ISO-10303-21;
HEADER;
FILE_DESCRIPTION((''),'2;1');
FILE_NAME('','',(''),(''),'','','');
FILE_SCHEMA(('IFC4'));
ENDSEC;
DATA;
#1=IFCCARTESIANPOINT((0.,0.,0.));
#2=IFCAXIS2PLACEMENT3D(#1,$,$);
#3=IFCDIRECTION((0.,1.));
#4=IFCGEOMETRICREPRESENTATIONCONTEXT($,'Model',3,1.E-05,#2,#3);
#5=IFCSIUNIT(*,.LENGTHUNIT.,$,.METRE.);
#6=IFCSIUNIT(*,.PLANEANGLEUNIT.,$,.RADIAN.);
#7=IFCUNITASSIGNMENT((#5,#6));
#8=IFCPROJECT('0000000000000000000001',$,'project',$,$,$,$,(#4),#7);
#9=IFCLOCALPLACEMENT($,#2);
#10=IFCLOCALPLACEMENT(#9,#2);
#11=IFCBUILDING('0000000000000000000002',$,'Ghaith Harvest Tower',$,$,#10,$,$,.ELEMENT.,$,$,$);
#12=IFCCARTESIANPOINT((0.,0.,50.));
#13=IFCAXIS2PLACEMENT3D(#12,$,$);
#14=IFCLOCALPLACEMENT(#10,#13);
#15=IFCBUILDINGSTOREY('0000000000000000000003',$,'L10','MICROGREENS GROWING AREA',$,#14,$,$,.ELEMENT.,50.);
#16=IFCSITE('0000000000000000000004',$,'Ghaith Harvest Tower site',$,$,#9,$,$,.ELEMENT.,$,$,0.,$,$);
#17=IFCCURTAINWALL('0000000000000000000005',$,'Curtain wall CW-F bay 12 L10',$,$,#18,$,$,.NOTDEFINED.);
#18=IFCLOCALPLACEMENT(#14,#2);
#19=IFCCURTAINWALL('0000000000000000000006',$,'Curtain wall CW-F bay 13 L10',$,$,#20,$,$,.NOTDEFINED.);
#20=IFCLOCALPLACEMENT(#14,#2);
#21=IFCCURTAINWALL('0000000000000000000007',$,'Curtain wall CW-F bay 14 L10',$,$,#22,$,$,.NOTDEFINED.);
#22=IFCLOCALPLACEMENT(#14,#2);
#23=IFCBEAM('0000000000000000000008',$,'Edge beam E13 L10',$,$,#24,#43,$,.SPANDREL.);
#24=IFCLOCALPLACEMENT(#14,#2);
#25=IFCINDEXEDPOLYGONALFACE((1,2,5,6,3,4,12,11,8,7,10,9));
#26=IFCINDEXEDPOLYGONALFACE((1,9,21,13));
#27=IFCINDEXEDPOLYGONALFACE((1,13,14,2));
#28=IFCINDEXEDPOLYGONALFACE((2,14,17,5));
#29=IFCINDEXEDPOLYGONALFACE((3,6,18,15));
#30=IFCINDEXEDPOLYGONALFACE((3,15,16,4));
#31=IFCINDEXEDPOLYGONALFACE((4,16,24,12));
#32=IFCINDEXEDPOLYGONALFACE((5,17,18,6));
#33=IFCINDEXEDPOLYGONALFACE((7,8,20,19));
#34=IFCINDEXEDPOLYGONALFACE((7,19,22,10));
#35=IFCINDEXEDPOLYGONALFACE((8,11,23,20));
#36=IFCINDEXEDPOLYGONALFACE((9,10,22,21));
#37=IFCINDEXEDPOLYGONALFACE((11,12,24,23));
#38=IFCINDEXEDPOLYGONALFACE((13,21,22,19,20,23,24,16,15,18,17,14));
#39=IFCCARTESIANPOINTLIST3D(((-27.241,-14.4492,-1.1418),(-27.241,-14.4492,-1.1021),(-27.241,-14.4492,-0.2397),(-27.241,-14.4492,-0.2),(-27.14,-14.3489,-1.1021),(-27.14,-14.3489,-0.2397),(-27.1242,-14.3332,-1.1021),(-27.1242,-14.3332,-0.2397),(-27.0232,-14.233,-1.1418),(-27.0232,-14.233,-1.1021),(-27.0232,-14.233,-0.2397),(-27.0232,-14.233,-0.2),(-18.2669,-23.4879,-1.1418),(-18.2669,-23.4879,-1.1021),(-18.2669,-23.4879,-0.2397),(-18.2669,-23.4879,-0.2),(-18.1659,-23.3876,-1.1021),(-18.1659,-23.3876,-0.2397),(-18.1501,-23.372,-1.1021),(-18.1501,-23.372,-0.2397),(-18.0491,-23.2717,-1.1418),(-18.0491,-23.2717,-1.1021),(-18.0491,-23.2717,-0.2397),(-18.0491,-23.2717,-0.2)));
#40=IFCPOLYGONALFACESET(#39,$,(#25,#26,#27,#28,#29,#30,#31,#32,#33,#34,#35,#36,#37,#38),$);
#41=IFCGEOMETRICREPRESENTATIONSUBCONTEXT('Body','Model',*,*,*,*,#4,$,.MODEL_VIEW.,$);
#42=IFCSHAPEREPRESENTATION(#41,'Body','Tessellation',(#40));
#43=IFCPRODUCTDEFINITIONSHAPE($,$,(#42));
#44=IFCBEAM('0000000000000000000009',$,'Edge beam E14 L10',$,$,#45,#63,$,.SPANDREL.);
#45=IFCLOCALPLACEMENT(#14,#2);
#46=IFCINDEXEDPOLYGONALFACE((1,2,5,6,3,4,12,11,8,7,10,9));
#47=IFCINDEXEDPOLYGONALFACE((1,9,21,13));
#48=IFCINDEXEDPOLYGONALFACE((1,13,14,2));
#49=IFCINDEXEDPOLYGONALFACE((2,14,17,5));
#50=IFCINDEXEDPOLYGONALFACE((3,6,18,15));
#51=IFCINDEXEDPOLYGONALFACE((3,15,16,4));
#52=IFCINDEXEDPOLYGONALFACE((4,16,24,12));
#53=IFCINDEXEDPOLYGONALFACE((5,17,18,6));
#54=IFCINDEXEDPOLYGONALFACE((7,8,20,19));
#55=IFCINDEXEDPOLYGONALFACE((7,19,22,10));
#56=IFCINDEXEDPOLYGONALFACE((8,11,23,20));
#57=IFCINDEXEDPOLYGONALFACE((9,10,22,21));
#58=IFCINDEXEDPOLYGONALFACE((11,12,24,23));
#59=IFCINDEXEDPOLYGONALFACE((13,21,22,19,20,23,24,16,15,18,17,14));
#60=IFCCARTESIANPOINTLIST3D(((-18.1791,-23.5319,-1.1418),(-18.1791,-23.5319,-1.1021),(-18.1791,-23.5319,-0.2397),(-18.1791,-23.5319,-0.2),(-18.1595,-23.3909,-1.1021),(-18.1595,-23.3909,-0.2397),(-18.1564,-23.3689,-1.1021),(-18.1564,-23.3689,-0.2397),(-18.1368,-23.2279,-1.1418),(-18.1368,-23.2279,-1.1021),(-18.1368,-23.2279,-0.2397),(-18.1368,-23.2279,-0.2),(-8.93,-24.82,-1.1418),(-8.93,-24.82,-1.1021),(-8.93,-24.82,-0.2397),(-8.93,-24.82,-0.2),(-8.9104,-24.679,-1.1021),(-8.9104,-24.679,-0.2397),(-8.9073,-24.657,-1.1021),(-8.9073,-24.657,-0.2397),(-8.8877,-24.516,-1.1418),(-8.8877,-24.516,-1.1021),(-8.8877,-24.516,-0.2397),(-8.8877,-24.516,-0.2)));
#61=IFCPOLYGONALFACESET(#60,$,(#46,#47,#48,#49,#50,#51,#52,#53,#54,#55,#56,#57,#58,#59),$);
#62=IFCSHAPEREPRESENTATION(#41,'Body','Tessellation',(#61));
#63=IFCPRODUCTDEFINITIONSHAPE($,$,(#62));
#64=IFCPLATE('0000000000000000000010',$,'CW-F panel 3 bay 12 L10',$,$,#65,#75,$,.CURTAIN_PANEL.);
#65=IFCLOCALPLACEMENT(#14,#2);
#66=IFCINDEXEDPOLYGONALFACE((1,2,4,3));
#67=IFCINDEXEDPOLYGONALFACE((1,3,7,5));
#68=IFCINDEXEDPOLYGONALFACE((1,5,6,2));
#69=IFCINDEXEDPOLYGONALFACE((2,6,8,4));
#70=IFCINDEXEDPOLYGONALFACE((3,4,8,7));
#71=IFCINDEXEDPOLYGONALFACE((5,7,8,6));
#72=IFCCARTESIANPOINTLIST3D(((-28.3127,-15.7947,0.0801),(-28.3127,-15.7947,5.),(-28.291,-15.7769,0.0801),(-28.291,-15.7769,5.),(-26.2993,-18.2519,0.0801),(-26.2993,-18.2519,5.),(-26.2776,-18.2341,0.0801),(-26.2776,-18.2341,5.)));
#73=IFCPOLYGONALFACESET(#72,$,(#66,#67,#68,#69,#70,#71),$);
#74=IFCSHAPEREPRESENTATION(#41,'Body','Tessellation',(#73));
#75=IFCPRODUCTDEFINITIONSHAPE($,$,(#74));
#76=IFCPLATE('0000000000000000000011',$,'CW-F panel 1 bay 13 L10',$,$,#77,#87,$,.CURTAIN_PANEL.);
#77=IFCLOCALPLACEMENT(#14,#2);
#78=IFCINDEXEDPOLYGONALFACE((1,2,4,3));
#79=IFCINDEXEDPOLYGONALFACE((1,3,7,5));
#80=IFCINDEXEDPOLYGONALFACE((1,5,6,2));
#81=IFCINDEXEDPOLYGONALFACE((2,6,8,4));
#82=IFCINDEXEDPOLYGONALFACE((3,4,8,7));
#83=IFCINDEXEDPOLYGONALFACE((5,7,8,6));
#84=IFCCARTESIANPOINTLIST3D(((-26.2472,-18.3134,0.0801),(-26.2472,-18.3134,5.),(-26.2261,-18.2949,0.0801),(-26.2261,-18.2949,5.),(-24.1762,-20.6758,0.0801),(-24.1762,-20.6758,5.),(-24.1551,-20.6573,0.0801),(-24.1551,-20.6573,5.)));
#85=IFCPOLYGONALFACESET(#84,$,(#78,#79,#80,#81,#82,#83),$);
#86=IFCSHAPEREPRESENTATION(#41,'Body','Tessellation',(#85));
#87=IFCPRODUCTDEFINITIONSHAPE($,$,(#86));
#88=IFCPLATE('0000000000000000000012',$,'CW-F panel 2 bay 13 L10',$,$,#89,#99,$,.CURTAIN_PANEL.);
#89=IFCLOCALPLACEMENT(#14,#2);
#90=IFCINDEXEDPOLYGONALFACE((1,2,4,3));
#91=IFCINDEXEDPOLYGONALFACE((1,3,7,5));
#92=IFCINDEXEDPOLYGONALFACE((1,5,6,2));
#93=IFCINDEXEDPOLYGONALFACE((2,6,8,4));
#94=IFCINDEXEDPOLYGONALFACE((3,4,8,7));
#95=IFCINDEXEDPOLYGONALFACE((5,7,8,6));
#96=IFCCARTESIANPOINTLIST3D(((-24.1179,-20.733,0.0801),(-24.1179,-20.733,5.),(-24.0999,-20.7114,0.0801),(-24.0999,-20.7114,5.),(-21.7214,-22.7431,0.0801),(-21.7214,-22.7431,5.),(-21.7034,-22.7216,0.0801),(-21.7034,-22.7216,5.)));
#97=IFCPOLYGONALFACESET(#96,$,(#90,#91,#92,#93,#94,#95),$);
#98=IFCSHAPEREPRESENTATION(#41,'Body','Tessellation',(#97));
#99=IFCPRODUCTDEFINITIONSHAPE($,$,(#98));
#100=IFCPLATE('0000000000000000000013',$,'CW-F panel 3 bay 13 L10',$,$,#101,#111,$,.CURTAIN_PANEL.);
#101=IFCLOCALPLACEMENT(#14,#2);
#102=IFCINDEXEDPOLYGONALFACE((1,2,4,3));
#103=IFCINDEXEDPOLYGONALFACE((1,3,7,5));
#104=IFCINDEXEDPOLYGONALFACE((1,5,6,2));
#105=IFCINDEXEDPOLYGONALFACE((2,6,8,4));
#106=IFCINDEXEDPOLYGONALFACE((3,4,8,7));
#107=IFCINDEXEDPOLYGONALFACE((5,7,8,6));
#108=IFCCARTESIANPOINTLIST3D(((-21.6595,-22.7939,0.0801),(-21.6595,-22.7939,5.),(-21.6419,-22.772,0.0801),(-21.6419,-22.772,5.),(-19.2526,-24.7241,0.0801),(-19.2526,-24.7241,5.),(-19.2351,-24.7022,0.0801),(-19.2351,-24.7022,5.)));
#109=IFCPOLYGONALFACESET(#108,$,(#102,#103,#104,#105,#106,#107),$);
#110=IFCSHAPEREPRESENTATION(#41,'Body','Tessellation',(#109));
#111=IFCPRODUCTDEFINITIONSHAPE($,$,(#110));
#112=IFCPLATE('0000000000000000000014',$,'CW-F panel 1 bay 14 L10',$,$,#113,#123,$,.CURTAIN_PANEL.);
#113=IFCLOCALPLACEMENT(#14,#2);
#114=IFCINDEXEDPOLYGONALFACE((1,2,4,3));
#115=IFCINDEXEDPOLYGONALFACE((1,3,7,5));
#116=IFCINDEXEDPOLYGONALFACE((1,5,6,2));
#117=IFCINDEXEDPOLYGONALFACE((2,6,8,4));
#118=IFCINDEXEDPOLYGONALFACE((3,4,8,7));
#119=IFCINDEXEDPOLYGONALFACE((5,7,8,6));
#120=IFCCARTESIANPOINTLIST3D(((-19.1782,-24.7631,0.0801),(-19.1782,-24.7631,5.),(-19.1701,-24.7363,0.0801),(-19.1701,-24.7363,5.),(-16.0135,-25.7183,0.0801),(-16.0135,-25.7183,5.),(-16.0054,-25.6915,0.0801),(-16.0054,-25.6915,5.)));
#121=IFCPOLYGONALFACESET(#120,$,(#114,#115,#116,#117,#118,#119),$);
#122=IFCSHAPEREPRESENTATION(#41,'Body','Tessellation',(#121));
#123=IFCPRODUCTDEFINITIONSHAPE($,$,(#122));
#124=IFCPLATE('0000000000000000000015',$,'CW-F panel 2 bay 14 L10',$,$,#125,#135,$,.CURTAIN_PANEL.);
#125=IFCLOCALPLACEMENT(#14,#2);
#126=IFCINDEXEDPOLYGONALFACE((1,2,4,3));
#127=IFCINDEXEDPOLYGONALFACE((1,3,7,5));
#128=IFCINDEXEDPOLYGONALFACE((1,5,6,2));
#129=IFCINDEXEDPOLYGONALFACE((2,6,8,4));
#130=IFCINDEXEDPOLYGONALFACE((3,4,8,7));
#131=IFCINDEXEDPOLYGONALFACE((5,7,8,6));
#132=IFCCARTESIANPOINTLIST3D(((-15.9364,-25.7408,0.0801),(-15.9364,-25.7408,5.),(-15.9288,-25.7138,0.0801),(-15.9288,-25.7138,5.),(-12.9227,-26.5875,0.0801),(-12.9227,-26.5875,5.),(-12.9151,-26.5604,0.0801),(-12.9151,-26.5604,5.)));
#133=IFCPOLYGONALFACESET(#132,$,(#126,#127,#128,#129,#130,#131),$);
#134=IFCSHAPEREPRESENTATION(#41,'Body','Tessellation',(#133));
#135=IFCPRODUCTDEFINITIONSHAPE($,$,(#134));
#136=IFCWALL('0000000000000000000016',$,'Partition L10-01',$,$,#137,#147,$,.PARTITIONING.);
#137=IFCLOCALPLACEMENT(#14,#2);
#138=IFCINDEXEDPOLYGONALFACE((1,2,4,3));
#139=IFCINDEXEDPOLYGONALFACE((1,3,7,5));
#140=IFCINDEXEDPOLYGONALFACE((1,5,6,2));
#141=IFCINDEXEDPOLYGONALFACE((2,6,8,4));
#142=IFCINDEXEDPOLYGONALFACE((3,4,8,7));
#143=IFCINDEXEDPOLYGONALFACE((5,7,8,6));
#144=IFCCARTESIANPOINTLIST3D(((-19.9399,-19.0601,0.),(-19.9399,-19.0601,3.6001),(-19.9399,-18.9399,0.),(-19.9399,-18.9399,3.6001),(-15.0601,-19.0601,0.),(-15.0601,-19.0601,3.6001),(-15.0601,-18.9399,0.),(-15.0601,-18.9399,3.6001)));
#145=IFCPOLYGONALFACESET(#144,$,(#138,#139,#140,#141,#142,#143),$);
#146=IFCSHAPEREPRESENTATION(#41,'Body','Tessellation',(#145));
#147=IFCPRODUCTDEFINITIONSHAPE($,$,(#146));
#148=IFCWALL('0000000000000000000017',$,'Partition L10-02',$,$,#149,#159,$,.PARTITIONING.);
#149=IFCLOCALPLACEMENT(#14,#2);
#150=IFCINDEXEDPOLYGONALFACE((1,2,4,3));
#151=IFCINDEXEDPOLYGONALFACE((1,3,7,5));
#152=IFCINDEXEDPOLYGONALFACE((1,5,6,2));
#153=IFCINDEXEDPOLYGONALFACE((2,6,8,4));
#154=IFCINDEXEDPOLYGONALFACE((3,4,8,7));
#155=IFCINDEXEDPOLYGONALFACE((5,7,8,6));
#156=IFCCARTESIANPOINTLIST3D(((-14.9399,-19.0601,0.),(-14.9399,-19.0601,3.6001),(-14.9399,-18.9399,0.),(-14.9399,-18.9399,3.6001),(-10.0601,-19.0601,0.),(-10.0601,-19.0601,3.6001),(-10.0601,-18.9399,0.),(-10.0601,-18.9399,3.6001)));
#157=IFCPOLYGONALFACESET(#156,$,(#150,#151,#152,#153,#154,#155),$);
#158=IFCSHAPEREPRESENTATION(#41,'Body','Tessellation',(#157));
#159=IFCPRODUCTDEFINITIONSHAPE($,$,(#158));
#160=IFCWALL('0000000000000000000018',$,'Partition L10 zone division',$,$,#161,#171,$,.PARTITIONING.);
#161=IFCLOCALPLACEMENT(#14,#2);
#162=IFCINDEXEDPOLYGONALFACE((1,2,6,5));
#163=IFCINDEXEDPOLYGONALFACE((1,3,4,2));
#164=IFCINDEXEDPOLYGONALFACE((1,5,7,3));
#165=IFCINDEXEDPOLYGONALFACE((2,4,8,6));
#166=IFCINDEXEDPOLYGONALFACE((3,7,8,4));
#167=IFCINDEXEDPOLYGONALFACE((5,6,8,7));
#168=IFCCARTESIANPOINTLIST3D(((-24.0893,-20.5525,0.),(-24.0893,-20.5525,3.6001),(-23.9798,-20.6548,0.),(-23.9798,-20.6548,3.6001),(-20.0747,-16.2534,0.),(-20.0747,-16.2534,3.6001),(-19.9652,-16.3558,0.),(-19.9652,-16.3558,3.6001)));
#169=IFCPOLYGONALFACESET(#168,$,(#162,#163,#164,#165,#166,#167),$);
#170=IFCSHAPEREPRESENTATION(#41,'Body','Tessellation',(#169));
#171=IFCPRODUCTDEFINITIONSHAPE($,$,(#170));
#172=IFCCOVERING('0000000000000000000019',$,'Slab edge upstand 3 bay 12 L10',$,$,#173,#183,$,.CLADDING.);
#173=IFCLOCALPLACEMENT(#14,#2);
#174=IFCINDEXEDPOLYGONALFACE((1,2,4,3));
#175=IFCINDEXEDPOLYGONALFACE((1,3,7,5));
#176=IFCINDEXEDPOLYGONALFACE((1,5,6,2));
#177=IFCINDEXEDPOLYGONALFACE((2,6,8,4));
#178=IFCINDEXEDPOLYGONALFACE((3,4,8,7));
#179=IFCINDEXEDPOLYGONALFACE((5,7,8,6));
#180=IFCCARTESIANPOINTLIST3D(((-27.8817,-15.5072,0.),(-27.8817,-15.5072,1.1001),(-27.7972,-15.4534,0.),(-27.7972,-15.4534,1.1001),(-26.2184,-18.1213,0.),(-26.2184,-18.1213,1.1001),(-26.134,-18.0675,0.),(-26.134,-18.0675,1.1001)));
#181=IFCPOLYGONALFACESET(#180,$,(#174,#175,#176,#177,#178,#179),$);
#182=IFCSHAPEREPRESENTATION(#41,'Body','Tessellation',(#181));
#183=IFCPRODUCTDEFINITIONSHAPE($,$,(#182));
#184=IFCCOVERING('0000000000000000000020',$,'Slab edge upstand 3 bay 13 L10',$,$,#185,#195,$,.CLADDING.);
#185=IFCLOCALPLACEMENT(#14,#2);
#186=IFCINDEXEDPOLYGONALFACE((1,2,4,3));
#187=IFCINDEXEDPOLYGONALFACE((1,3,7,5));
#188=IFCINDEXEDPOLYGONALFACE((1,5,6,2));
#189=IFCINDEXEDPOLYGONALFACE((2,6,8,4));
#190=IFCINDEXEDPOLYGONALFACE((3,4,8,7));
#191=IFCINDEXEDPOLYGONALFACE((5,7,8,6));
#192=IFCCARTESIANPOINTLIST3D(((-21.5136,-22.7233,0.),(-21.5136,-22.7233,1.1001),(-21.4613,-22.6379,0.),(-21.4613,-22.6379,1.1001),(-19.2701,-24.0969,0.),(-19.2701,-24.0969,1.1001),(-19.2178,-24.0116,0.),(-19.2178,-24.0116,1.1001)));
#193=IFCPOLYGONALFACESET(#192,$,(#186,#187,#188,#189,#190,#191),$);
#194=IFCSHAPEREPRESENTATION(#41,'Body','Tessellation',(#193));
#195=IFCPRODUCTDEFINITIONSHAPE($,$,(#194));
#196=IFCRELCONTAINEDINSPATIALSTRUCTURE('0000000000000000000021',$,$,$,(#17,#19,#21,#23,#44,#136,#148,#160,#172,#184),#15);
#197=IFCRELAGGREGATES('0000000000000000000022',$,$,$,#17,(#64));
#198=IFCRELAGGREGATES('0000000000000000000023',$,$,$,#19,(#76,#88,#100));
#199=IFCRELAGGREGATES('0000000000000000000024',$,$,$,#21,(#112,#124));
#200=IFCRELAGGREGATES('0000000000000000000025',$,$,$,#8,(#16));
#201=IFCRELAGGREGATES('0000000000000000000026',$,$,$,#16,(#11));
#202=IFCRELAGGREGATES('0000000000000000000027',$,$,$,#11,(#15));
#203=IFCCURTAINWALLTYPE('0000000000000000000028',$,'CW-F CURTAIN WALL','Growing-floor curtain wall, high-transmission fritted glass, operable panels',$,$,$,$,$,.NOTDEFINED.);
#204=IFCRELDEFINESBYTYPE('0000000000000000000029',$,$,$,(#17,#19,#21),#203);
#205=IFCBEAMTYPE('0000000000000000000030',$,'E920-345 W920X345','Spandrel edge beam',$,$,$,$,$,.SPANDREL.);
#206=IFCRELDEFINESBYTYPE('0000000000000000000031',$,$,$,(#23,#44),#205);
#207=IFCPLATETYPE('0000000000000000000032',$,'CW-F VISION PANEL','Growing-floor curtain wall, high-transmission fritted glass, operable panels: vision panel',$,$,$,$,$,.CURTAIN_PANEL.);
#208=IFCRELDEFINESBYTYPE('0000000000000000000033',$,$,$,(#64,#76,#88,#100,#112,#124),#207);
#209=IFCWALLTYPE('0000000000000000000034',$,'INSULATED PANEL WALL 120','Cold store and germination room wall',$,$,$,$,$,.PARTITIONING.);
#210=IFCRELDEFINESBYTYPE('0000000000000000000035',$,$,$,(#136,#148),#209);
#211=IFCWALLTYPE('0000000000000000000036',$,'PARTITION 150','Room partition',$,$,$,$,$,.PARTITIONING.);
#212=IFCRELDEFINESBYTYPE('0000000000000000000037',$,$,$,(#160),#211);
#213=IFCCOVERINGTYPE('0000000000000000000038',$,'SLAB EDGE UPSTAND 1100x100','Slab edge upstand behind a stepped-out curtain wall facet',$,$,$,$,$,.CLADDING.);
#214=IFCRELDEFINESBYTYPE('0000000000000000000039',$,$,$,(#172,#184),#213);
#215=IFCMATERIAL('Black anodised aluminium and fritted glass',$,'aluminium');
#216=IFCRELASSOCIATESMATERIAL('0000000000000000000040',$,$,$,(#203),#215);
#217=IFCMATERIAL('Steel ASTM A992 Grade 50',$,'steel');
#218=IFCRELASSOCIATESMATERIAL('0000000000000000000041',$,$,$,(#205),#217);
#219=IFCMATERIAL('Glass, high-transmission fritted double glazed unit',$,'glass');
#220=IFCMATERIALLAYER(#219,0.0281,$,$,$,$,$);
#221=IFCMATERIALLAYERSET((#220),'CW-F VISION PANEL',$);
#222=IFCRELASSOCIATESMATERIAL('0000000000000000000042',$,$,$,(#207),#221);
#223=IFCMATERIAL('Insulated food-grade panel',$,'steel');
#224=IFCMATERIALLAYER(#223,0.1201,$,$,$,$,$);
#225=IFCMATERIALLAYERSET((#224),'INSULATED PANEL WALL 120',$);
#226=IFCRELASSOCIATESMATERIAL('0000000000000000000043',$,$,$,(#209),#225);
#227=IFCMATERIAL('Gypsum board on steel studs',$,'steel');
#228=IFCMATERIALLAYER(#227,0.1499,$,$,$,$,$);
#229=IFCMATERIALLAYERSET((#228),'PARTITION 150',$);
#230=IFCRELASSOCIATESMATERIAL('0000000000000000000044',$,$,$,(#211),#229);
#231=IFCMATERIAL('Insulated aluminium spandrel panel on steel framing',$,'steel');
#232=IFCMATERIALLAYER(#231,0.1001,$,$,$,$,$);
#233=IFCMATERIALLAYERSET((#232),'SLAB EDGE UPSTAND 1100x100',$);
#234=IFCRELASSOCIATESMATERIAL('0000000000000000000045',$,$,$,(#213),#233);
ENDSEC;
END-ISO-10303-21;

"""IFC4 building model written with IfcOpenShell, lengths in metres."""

from ifc_helpers import new_model, si_unit, direction, frame, frame_2d, origin, origin_2d, place, context, subcontext, project, spatial, rectangle, i_section, extrude, material, layer, layer_set, material_profile, profile_set, type_object, element, aggregate, save


model = new_model("IFC4")

# Units and contexts
model_context = context("Model", 3, precision=1e-05, world=origin(), true_north=direction((0.0, 1.0)))
body_context = subcontext(model_context, "Body", "Model", "MODEL_VIEW")
ifc_project = project(units=[si_unit("LENGTHUNIT", "METRE"), si_unit("PLANEANGLEUNIT", "RADIAN")], contexts=[model_context])

# Site, building, storey
site_placement = place(None, origin())
site = spatial("IfcSite", under=ifc_project, at=site_placement, Name="Ghaith Harvest Tower site", CompositionType="ELEMENT", RefElevation=0.0)
building_placement = place(site_placement, origin())
building = spatial("IfcBuilding", under=site, at=building_placement, Name="Ghaith Harvest Tower", CompositionType="ELEMENT")
storey_placement = place(building_placement, frame((0.0, 0.0, 50.0)))
storey = spatial("IfcBuildingStorey", under=building, at=storey_placement, Name="L10", Description="MICROGREENS GROWING AREA", CompositionType="ELEMENT", Elevation=50.0)

# Curtain wall
ifc_material_1 = material(Name="Black anodised aluminium and fritted glass", Category="aluminium")
curtain_wall_type = type_object("IfcCurtainWallType", Name="CW-F CURTAIN WALL", Description="Growing-floor curtain wall, high-transmission fritted glass, operable panels", PredefinedType="NOTDEFINED", material=ifc_material_1)
curtain_wall_1_placement = place(storey_placement, origin())
curtain_wall_1 = element("IfcCurtainWall", 1, at=curtain_wall_1_placement, inside=storey, type_object=curtain_wall_type, Name="Curtain wall CW-F bay 12 L10", PredefinedType="NOTDEFINED")

# Curtain walls
curtain_wall_2_placement = place(storey_placement, origin())
curtain_wall_2 = element("IfcCurtainWall", 2, at=curtain_wall_2_placement, inside=storey, type_object=curtain_wall_type, Name="Curtain wall CW-F bay 13 L10", PredefinedType="NOTDEFINED")
curtain_wall_3_placement = place(storey_placement, origin())
curtain_wall_3 = element("IfcCurtainWall", 3, at=curtain_wall_3_placement, inside=storey, type_object=curtain_wall_type, Name="Curtain wall CW-F bay 14 L10", PredefinedType="NOTDEFINED")

# Beams
ifc_material_2 = material(Name="Steel ASTM A992 Grade 50", Category="steel")
ifc_material_profile_1 = material_profile(ifc_material_2, i_section(OverallWidth=0.3069, OverallDepth=0.9419, WebThickness=0.0222, FlangeThickness=0.0398, at=origin_2d()), Name="W920X345")
ifc_profile_set_1 = profile_set([ifc_material_profile_1], Name="Steel ASTM A992 Grade 50")
beam_type = type_object("IfcBeamType", Name="E920-345 W920X345", Description="Spandrel edge beam", PredefinedType="SPANDREL", material=ifc_profile_set_1)
beam_1_placement = place(storey_placement, frame((-27.1321, -14.3411, -0.6709), z_axis=(0.704563, -0.709642, 0.0), x_axis=(0.709642, 0.704563, 0.0)))
element("IfcBeam", 4, at=beam_1_placement, inside=storey, type_object=beam_type, Name="Edge beam E13 L10", PredefinedType="SPANDREL", context=body_context, shape_type="SweptSolid", body=[
    extrude(i_section(OverallWidth=0.3069, OverallDepth=0.9419, WebThickness=0.0222, FlangeThickness=0.0398, at=origin_2d()), origin(), (0.0, 0.0, 1.0), 12.7371),
])
beam_2_placement = place(storey_placement, frame((-18.158, -23.3799, -0.6709), z_axis=(0.990441, -0.137936, 0.0), x_axis=(0.137936, 0.990441, 0.0)))
element("IfcBeam", 5, at=beam_2_placement, inside=storey, type_object=beam_type, Name="Edge beam E14 L10", PredefinedType="SPANDREL", context=body_context, shape_type="SweptSolid", body=[
    extrude(i_section(OverallWidth=0.3069, OverallDepth=0.9419, WebThickness=0.0222, FlangeThickness=0.0398, at=origin_2d()), origin(), (0.0, 0.0, 1.0), 9.3384),
])

# Plates
ifc_material_3 = material(Name="Glass, high-transmission fritted double glazed unit", Category="glass")
ifc_layer_1 = layer(ifc_material_3, 0.0281)
ifc_layer_set_1 = layer_set([ifc_layer_1], Name="CW-F VISION PANEL")
plate_type = type_object("IfcPlateType", Name="CW-F VISION PANEL", Description="Growing-floor curtain wall, high-transmission fritted glass, operable panels: vision panel", PredefinedType="CURTAIN_PANEL", material=ifc_layer_set_1)
plate_1_placement = place(storey_placement, frame((-27.2952, -17.0144, 0.0801), z_axis=(0.0, 0.0, 1.0), x_axis=(0.63379, -0.773505, 0.0)))
plate_1 = element("IfcPlate", 6, at=plate_1_placement, type_object=plate_type, Name="CW-F panel 3 bay 12 L10", PredefinedType="CURTAIN_PANEL", context=body_context, shape_type="SweptSolid", body=[
    extrude(rectangle(XDim=3.1768, YDim=0.0281, at=origin_2d()), origin(), (0.0, 0.0, 1.0), 4.9199),
])
aggregate(curtain_wall_1, [plate_1])
plate_2_placement = place(storey_placement, frame((-25.2012, -19.4854, 0.0801), z_axis=(0.0, 0.0, 1.0), x_axis=(0.659216, -0.751954, 0.0)))
plate_2 = element("IfcPlate", 7, at=plate_2_placement, type_object=plate_type, Name="CW-F panel 1 bay 13 L10", PredefinedType="CURTAIN_PANEL", context=body_context, shape_type="SweptSolid", body=[
    extrude(rectangle(XDim=3.1416, YDim=0.0281, at=origin_2d()), origin(), (0.0, 0.0, 1.0), 4.9199),
])
plate_3_placement = place(storey_placement, frame((-22.9106, -21.7273, 0.0801), z_axis=(0.0, 0.0, 1.0), x_axis=(0.766155, -0.642656, 0.0)))
plate_3 = element("IfcPlate", 8, at=plate_3_placement, type_object=plate_type, Name="CW-F panel 2 bay 13 L10", PredefinedType="CURTAIN_PANEL", context=body_context, shape_type="SweptSolid", body=[
    extrude(rectangle(XDim=3.1279, YDim=0.0281, at=origin_2d()), origin(), (0.0, 0.0, 1.0), 4.9199),
])
plate_4_placement = place(storey_placement, frame((-20.4473, -23.748, 0.0801), z_axis=(0.0, 0.0, 1.0), x_axis=(0.780122, -0.625627, 0.0)))
plate_4 = element("IfcPlate", 9, at=plate_4_placement, type_object=plate_type, Name="CW-F panel 3 bay 13 L10", PredefinedType="CURTAIN_PANEL", context=body_context, shape_type="SweptSolid", body=[
    extrude(rectangle(XDim=3.0852, YDim=0.0281, at=origin_2d()), origin(), (0.0, 0.0, 1.0), 4.9199),
])
aggregate(curtain_wall_2, [plate_2, plate_3, plate_4])
plate_5_placement = place(storey_placement, frame((-17.5918, -25.2273, 0.0801), z_axis=(0.0, 0.0, 1.0), x_axis=(0.957342, -0.288956, 0.0)))
plate_5 = element("IfcPlate", 10, at=plate_5_placement, type_object=plate_type, Name="CW-F panel 1 bay 14 L10", PredefinedType="CURTAIN_PANEL", context=body_context, shape_type="SweptSolid", body=[
    extrude(rectangle(XDim=3.3057, YDim=0.0281, at=origin_2d()), origin(), (0.0, 0.0, 1.0), 4.9199),
])
plate_6_placement = place(storey_placement, frame((-14.4258, -26.1506, 0.0801), z_axis=(0.0, 0.0, 1.0), x_axis=(0.96273, -0.270465, 0.0)))
plate_6 = element("IfcPlate", 11, at=plate_6_placement, type_object=plate_type, Name="CW-F panel 2 bay 14 L10", PredefinedType="CURTAIN_PANEL", context=body_context, shape_type="SweptSolid", body=[
    extrude(rectangle(XDim=3.1304, YDim=0.0281, at=origin_2d()), origin(), (0.0, 0.0, 1.0), 4.9199),
])
aggregate(curtain_wall_3, [plate_5, plate_6])

# Walls
ifc_material_4 = material(Name="Insulated food-grade panel", Category="steel")
ifc_layer_2 = layer(ifc_material_4, 0.1201)
ifc_layer_set_2 = layer_set([ifc_layer_2], Name="INSULATED PANEL WALL 120")
wall_type_1 = type_object("IfcWallType", Name="INSULATED PANEL WALL 120", Description="Cold store and germination room wall", PredefinedType="PARTITIONING", material=ifc_layer_set_2)
for number, where, z_axis, x_axis, name in (
    (12, (-19.9399, -19.0, 0.0), (0.0, 0.0, 1.0), (1.0, 0.0, 0.0), "Partition L10-01"),
    (13, (-14.9399, -19.0, 0.0), (0.0, 0.0, 1.0), (1.0, 0.0, 0.0), "Partition L10-02"),
):
    element("IfcWall", number, at=place(storey_placement, frame(where, z_axis=z_axis, x_axis=x_axis)), inside=storey, type_object=wall_type_1, Name=name, PredefinedType="PARTITIONING", context=body_context, shape_type="SweptSolid", body=[
        extrude(rectangle(XDim=4.8799, YDim=0.1201, at=frame_2d((2.4399, 0.0))), origin(), (0.0, 0.0, 1.0), 3.6001),
    ])
ifc_material_5 = material(Name="Gypsum board on steel studs", Category="steel")
ifc_layer_3 = layer(ifc_material_5, 0.1499)
ifc_layer_set_3 = layer_set([ifc_layer_3], Name="PARTITION 150")
wall_type_2 = type_object("IfcWallType", Name="PARTITION 150", Description="Room partition", PredefinedType="PARTITIONING", material=ifc_layer_set_3)
wall_placement = place(storey_placement, frame((-20.02, -16.3047, 0.0), z_axis=(0.0, 0.0, 1.0), x_axis=(-0.682516, -0.73087, 0.0)))
element("IfcWall", 14, at=wall_placement, inside=storey, type_object=wall_type_2, Name="Partition L10 zone division", PredefinedType="PARTITIONING", context=body_context, shape_type="SweptSolid", body=[
    extrude(rectangle(XDim=5.8821, YDim=0.1499, at=frame_2d((2.9409, 0.0))), origin(), (0.0, 0.0, 1.0), 3.6001),
])

# Coverings
ifc_material_6 = material(Name="Insulated aluminium spandrel panel on steel framing", Category="steel")
ifc_layer_4 = layer(ifc_material_6, 0.1001)
ifc_layer_set_4 = layer_set([ifc_layer_4], Name="SLAB EDGE UPSTAND 1100x100")
covering_type = type_object("IfcCoveringType", Name="SLAB EDGE UPSTAND 1100x100", Description="Slab edge upstand behind a stepped-out curtain wall facet", PredefinedType="CLADDING", material=ifc_layer_set_4)
covering_1_placement = place(storey_placement, frame((-27.0078, -16.7874, 0.0), z_axis=(0.0, 0.0, 1.0), x_axis=(0.536807, -0.843705, 0.0)))
element("IfcCovering", 15, at=covering_1_placement, inside=storey, type_object=covering_type, Name="Slab edge upstand 3 bay 12 L10", PredefinedType="CLADDING", context=body_context, shape_type="SweptSolid", body=[
    extrude(rectangle(XDim=3.0984, YDim=0.1001, at=origin_2d()), origin(), (0.0, 0.0, 1.0), 1.1001),
])
covering_2_placement = place(storey_placement, frame((-20.3657, -23.3674, 0.0), z_axis=(0.0, 0.0, 1.0), x_axis=(0.852847, -0.522161, 0.0)))
element("IfcCovering", 16, at=covering_2_placement, inside=storey, type_object=covering_type, Name="Slab edge upstand 3 bay 13 L10", PredefinedType="CLADDING", context=body_context, shape_type="SweptSolid", body=[
    extrude(rectangle(XDim=2.6306, YDim=0.1001, at=origin_2d()), origin(), (0.0, 0.0, 1.0), 1.1001),
])

save(model, "model.ifc")
